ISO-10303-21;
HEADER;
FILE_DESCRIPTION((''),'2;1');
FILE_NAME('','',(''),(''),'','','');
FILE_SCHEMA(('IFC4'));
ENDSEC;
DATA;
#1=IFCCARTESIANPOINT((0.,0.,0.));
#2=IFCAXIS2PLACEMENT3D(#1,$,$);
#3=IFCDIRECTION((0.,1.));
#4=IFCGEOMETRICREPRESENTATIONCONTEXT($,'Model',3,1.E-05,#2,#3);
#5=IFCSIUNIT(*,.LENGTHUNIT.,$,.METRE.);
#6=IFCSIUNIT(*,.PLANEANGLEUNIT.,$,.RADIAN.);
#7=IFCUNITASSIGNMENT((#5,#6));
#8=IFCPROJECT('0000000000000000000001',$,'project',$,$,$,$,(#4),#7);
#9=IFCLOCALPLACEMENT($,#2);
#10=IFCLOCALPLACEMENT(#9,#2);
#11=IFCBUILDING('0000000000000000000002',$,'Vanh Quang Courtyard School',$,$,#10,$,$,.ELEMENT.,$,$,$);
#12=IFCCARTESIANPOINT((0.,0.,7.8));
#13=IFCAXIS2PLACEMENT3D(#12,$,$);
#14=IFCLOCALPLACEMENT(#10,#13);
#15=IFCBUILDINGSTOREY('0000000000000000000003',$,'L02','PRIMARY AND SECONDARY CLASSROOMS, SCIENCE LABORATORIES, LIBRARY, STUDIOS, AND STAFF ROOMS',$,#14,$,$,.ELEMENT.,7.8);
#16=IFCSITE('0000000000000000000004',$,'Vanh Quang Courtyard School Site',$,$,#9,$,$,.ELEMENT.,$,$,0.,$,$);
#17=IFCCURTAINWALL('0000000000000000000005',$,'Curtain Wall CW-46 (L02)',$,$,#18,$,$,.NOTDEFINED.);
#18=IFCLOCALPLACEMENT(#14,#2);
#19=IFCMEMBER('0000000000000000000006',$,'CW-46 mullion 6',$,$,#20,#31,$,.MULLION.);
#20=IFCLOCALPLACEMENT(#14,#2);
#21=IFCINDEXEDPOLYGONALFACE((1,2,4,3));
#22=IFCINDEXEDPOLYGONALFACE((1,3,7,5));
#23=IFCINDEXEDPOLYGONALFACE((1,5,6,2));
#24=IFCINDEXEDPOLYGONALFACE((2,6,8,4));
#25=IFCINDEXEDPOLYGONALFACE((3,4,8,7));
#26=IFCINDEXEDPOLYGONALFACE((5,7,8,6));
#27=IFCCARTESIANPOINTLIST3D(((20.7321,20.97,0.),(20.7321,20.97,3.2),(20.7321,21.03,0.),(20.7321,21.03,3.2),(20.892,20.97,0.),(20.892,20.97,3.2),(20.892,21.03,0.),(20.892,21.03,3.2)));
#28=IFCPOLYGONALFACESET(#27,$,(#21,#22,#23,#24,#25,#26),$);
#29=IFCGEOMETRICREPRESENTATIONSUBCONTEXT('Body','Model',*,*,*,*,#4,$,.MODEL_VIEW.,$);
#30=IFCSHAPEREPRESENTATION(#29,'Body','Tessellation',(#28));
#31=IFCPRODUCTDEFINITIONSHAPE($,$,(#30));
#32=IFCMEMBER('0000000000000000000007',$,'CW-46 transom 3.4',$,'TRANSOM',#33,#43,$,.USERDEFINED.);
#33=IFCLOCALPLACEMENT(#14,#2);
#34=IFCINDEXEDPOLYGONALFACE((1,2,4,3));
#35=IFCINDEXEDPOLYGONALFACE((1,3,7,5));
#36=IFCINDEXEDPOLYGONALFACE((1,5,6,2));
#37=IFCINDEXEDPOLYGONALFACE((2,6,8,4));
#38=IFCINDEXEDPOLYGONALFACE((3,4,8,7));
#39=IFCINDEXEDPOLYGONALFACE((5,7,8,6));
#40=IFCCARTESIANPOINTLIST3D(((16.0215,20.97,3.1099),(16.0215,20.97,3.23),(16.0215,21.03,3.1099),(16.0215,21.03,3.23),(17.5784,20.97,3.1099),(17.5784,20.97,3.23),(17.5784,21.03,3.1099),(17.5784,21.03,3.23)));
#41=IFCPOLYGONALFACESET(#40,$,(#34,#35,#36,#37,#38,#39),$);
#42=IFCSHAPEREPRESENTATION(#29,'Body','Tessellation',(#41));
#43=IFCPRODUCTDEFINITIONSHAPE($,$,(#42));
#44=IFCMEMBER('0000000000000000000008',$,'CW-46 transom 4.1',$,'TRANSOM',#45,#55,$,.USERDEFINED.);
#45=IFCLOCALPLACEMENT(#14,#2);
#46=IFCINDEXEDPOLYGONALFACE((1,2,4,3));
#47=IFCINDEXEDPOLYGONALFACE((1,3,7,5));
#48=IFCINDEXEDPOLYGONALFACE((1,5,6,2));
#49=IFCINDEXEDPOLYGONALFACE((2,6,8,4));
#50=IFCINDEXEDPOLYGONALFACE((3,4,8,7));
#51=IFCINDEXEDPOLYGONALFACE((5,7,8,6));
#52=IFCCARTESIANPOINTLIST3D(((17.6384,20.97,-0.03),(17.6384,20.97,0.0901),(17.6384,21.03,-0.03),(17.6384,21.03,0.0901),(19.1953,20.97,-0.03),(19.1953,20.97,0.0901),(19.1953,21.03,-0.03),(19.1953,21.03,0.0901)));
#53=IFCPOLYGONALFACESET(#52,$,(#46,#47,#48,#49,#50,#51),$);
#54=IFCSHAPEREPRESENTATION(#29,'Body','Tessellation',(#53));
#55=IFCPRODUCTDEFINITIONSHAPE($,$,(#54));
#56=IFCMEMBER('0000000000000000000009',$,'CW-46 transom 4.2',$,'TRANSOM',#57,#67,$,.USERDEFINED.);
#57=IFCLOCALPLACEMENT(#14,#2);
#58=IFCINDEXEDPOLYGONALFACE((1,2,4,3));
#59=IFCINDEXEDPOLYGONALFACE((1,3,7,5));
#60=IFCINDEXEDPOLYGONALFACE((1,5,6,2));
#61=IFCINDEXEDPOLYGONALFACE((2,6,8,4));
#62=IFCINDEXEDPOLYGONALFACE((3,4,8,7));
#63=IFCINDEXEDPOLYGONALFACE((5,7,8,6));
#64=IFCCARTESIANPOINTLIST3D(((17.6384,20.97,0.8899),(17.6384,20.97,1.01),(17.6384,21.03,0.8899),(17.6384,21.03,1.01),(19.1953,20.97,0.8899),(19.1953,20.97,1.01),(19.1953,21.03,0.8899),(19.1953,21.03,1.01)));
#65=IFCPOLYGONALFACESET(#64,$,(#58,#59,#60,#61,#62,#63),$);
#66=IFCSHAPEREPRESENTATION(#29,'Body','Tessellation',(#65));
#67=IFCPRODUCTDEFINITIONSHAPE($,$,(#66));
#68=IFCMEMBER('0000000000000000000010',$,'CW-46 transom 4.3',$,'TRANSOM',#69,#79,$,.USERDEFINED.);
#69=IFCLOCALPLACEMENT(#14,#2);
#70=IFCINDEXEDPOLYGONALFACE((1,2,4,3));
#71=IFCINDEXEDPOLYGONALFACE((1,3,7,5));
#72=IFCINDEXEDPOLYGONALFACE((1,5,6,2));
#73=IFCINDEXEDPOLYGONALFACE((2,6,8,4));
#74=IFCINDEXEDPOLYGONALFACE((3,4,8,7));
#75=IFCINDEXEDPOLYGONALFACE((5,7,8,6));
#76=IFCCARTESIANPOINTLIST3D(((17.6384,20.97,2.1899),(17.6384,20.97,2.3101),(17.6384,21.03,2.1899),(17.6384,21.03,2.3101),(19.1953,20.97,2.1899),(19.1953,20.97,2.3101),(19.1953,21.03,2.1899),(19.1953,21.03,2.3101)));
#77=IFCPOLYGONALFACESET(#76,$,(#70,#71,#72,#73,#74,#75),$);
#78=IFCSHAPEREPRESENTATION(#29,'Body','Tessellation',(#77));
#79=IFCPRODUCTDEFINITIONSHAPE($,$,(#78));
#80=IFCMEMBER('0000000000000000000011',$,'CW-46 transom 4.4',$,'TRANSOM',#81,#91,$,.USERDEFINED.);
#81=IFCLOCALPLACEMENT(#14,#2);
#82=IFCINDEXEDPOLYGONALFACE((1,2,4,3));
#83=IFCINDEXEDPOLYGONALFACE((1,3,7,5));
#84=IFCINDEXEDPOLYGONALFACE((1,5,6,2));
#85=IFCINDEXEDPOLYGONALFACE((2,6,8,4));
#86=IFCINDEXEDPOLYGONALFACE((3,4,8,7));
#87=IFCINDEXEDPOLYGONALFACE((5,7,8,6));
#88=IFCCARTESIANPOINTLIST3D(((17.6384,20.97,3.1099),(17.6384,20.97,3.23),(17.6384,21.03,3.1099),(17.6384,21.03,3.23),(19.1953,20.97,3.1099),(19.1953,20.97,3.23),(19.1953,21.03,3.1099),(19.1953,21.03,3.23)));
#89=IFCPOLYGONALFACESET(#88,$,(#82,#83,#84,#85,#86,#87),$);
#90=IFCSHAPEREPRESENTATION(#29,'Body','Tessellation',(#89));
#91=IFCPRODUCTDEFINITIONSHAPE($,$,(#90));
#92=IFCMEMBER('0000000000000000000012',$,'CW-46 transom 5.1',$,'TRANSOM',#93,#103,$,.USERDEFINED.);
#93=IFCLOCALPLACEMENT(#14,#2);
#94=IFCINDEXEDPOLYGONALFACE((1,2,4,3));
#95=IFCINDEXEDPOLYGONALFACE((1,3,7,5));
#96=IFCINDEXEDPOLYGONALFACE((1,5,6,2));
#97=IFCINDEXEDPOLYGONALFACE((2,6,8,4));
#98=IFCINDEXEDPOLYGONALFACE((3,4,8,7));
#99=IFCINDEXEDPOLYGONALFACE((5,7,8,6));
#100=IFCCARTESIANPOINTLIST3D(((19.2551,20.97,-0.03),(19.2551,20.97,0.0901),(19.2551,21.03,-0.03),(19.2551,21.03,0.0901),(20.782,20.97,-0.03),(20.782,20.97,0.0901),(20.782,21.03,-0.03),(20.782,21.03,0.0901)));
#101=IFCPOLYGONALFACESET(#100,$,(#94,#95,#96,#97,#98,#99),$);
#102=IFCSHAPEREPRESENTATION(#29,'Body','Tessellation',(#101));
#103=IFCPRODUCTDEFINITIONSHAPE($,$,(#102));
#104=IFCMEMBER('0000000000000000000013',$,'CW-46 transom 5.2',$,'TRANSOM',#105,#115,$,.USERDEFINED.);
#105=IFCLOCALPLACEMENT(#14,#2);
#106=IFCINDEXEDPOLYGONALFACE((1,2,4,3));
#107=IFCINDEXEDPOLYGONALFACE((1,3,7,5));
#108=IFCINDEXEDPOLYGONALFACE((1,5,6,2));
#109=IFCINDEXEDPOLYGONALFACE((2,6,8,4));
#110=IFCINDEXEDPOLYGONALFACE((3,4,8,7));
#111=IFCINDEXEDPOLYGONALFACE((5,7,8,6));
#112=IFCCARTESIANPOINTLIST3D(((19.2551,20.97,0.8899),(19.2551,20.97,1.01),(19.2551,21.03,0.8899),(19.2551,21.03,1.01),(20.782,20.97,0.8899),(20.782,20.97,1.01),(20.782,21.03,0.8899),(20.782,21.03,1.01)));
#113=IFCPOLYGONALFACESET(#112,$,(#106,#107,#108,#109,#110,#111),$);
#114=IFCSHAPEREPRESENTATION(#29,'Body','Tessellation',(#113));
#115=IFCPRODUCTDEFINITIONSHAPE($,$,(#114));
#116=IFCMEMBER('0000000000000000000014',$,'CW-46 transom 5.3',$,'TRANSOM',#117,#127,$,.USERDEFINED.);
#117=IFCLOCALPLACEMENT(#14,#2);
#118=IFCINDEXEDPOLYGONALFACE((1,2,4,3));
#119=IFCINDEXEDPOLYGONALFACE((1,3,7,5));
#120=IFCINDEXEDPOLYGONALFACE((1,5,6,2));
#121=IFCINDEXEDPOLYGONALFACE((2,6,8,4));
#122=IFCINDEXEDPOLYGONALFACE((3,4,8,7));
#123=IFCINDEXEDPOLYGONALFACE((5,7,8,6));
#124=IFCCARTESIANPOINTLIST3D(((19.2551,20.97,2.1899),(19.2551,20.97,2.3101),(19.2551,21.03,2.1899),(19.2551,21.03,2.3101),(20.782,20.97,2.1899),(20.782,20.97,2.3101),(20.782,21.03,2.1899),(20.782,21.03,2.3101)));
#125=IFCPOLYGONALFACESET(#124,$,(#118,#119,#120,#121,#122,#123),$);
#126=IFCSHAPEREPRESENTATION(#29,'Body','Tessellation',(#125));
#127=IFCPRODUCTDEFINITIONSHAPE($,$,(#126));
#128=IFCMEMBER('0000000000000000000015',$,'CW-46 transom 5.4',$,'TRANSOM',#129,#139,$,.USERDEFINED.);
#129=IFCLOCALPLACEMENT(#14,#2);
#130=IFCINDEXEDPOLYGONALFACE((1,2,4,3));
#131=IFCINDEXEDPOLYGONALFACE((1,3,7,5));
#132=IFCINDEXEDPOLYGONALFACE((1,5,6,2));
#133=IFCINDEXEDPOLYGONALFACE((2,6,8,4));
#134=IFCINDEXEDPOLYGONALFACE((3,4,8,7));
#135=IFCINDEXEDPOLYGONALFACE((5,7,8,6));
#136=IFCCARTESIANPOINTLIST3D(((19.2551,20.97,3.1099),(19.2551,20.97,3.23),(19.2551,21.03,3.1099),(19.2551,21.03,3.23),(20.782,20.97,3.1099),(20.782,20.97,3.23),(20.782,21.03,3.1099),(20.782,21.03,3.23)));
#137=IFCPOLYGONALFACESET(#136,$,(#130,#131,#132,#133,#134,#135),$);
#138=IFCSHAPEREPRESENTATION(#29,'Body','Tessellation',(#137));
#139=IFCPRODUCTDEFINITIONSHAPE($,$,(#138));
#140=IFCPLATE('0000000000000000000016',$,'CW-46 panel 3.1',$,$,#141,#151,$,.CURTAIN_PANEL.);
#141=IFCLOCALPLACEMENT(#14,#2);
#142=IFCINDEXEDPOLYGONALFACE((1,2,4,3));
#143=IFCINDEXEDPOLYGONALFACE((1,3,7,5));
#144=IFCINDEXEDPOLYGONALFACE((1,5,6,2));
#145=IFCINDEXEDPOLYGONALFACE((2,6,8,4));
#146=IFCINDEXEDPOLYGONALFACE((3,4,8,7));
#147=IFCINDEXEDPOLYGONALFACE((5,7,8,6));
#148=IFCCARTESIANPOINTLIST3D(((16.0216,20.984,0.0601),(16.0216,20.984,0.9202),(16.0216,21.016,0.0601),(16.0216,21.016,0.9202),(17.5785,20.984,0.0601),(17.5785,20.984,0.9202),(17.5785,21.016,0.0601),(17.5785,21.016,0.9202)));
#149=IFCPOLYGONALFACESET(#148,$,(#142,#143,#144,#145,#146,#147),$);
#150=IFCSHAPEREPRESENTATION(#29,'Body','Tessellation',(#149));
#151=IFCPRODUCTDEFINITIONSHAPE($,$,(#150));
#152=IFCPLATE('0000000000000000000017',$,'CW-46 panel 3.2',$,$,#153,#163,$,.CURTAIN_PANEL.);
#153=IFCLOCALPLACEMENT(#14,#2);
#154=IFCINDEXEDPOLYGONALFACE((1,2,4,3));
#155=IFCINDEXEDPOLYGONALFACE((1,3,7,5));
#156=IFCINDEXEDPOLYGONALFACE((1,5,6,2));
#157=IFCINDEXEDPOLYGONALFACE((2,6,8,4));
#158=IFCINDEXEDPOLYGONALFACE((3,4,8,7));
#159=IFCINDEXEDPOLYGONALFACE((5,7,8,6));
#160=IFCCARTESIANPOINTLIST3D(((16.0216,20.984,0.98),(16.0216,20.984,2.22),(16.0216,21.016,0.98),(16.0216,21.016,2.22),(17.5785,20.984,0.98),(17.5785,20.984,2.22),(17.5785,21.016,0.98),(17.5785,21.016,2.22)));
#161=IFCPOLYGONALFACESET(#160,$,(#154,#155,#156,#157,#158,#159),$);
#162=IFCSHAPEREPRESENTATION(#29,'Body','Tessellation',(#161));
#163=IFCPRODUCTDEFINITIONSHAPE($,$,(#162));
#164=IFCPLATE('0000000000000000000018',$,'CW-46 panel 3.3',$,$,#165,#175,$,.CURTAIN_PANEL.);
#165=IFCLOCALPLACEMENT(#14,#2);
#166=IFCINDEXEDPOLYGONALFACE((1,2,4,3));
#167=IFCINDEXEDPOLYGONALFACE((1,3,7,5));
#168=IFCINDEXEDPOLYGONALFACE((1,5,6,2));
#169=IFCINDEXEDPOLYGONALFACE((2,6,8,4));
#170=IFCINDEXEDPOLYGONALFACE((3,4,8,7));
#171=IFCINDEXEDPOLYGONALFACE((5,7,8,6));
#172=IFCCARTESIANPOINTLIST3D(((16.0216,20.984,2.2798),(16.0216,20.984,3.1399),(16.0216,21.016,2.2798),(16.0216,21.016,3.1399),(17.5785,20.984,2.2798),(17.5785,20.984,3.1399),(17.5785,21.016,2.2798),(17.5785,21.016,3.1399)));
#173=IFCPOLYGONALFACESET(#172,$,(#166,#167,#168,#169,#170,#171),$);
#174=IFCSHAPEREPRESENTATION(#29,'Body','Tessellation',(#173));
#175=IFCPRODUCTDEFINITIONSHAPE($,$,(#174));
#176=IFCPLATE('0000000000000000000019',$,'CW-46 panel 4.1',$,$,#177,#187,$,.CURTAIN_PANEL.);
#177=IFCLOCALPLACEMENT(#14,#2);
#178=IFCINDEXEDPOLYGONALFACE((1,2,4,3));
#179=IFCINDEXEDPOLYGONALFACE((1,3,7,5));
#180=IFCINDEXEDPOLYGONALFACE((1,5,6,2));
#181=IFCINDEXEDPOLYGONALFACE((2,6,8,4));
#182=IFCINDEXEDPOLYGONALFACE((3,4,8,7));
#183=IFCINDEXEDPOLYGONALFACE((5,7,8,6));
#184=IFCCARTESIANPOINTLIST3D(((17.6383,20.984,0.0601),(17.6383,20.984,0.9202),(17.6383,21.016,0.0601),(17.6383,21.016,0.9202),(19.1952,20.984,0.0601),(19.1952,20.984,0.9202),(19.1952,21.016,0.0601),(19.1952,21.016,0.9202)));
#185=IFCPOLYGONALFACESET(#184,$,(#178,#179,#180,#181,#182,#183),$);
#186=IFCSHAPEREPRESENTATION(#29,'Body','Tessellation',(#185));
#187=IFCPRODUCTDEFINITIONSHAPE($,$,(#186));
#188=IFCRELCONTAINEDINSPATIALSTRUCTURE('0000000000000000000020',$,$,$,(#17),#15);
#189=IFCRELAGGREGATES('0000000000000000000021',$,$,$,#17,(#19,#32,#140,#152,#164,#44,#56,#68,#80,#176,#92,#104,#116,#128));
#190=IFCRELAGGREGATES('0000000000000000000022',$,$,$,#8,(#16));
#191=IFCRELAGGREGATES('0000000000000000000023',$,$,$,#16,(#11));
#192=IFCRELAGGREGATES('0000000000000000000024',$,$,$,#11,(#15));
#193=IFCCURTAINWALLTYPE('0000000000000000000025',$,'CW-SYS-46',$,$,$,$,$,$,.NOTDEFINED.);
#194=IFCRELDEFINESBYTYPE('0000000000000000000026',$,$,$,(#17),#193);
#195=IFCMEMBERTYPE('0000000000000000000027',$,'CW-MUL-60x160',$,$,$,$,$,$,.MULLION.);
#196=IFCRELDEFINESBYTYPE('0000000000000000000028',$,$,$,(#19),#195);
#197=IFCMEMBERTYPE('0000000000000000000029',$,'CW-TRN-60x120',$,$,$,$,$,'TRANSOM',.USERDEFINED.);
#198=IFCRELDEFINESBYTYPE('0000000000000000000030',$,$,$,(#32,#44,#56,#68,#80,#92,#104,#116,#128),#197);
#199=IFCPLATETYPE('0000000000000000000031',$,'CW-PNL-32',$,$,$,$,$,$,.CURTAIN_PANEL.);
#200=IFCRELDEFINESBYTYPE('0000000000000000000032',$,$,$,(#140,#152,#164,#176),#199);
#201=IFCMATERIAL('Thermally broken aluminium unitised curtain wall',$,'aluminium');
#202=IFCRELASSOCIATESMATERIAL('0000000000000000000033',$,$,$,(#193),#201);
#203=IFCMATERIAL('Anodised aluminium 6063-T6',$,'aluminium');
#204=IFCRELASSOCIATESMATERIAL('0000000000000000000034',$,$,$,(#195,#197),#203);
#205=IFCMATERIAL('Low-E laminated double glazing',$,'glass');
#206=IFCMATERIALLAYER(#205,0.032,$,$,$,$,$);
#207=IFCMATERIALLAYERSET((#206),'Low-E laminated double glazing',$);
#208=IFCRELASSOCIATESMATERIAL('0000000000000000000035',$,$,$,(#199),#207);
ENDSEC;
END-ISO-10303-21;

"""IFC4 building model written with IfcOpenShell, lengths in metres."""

from ifc_helpers import new_model, si_unit, direction, frame, origin, origin_2d, place, context, subcontext, project, spatial, rectangle, extrude, material, layer, layer_set, material_profile, profile_set, type_object, element, aggregate, save


model = new_model("IFC4")

# Units and contexts
model_context = context("Model", 3, precision=1e-05, world=origin(), true_north=direction((0.0, 1.0)))
body_context = subcontext(model_context, "Body", "Model", "MODEL_VIEW")
ifc_project = project(units=[si_unit("LENGTHUNIT", "METRE"), si_unit("PLANEANGLEUNIT", "RADIAN")], contexts=[model_context])

# Site, building, storey
site_placement = place(None, origin())
site = spatial("IfcSite", under=ifc_project, at=site_placement, Name="Vanh Quang Courtyard School Site", CompositionType="ELEMENT", RefElevation=0.0)
building_placement = place(site_placement, origin())
building = spatial("IfcBuilding", under=site, at=building_placement, Name="Vanh Quang Courtyard School", CompositionType="ELEMENT")
storey_placement = place(building_placement, frame((0.0, 0.0, 7.8)))
storey = spatial("IfcBuildingStorey", under=building, at=storey_placement, Name="L02", Description="PRIMARY AND SECONDARY CLASSROOMS, SCIENCE LABORATORIES, LIBRARY, STUDIOS, AND STAFF ROOMS", CompositionType="ELEMENT", Elevation=7.8)

# Curtain wall, members, plates
ifc_material_1 = material(Name="Thermally broken aluminium unitised curtain wall", Category="aluminium")
curtain_wall_type = type_object("IfcCurtainWallType", Name="CW-SYS-46", PredefinedType="NOTDEFINED", material=ifc_material_1)
curtain_wall_placement = place(storey_placement, origin())
curtain_wall = element("IfcCurtainWall", 1, at=curtain_wall_placement, inside=storey, type_object=curtain_wall_type, Name="Curtain Wall CW-46 (L02)", PredefinedType="NOTDEFINED")
ifc_material_2 = material(Name="Anodised aluminium 6063-T6", Category="aluminium")
ifc_material_profile_1 = material_profile(ifc_material_2, rectangle(XDim=0.0601, YDim=0.1599, at=origin_2d()), Name="ALU-MUL 60x160")
ifc_profile_set_1 = profile_set([ifc_material_profile_1], Name="Anodised aluminium 6063-T6")
member_type_1 = type_object("IfcMemberType", Name="CW-MUL-60x160", PredefinedType="MULLION", material=ifc_profile_set_1)
member_1_placement = place(storey_placement, frame((20.812, 21.0, 0.0), z_axis=(0.0, 0.0, 1.0), x_axis=(0.0, 1.0, 0.0)))
member_1 = element("IfcMember", 2, at=member_1_placement, type_object=member_type_1, Name="CW-46 mullion 6", PredefinedType="MULLION", context=body_context, shape_type="SweptSolid", body=[
    extrude(rectangle(XDim=0.0601, YDim=0.1599, at=origin_2d()), origin(), (0.0, 0.0, 1.0), 3.2),
])
ifc_material_profile_2 = material_profile(ifc_material_2, rectangle(XDim=0.0601, YDim=0.1201, at=origin_2d()), Name="ALU-TRN 60x120")
ifc_profile_set_2 = profile_set([ifc_material_profile_2], Name="Anodised aluminium 6063-T6")
member_type_2 = type_object("IfcMemberType", Name="CW-TRN-60x120", ElementType="TRANSOM", PredefinedType="USERDEFINED", material=ifc_profile_set_2)
member_2_placement = place(storey_placement, frame((16.0215, 21.0, 3.1699), z_axis=(1.0, 0.0, 0.0), x_axis=(0.0, 1.0, 0.0)))
member_2 = element("IfcMember", 3, at=member_2_placement, type_object=member_type_2, Name="CW-46 transom 3.4", ObjectType="TRANSOM", PredefinedType="USERDEFINED", context=body_context, shape_type="SweptSolid", body=[
    extrude(rectangle(XDim=0.0601, YDim=0.1201, at=origin_2d()), origin(), (0.0, 0.0, 1.0), 1.5569),
])
member_3_placement = place(storey_placement, frame((17.6384, 21.0, 0.03), z_axis=(1.0, 0.0, 0.0), x_axis=(0.0, 1.0, 0.0)))
member_3 = element("IfcMember", 4, at=member_3_placement, type_object=member_type_2, Name="CW-46 transom 4.1", ObjectType="TRANSOM", PredefinedType="USERDEFINED", context=body_context, shape_type="SweptSolid", body=[
    extrude(rectangle(XDim=0.0601, YDim=0.1201, at=origin_2d()), origin(), (0.0, 0.0, 1.0), 1.5569),
])
member_4_placement = place(storey_placement, frame((17.6384, 21.0, 0.95), z_axis=(1.0, 0.0, 0.0), x_axis=(0.0, 1.0, 0.0)))
member_4 = element("IfcMember", 5, at=member_4_placement, type_object=member_type_2, Name="CW-46 transom 4.2", ObjectType="TRANSOM", PredefinedType="USERDEFINED", context=body_context, shape_type="SweptSolid", body=[
    extrude(rectangle(XDim=0.0601, YDim=0.1201, at=origin_2d()), origin(), (0.0, 0.0, 1.0), 1.5569),
])
member_5_placement = place(storey_placement, frame((17.6384, 21.0, 2.25), z_axis=(1.0, 0.0, 0.0), x_axis=(0.0, 1.0, 0.0)))
member_5 = element("IfcMember", 6, at=member_5_placement, type_object=member_type_2, Name="CW-46 transom 4.3", ObjectType="TRANSOM", PredefinedType="USERDEFINED", context=body_context, shape_type="SweptSolid", body=[
    extrude(rectangle(XDim=0.0601, YDim=0.1201, at=origin_2d()), origin(), (0.0, 0.0, 1.0), 1.5569),
])
member_6_placement = place(storey_placement, frame((17.6384, 21.0, 3.1699), z_axis=(1.0, 0.0, 0.0), x_axis=(0.0, 1.0, 0.0)))
member_6 = element("IfcMember", 7, at=member_6_placement, type_object=member_type_2, Name="CW-46 transom 4.4", ObjectType="TRANSOM", PredefinedType="USERDEFINED", context=body_context, shape_type="SweptSolid", body=[
    extrude(rectangle(XDim=0.0601, YDim=0.1201, at=origin_2d()), origin(), (0.0, 0.0, 1.0), 1.5569),
])
member_7_placement = place(storey_placement, frame((19.2551, 21.0, 0.03), z_axis=(1.0, 0.0, 0.0), x_axis=(0.0, 1.0, 0.0)))
member_7 = element("IfcMember", 8, at=member_7_placement, type_object=member_type_2, Name="CW-46 transom 5.1", ObjectType="TRANSOM", PredefinedType="USERDEFINED", context=body_context, shape_type="SweptSolid", body=[
    extrude(rectangle(XDim=0.0601, YDim=0.1201, at=origin_2d()), origin(), (0.0, 0.0, 1.0), 1.5269),
])
member_8_placement = place(storey_placement, frame((19.2551, 21.0, 0.95), z_axis=(1.0, 0.0, 0.0), x_axis=(0.0, 1.0, 0.0)))
member_8 = element("IfcMember", 9, at=member_8_placement, type_object=member_type_2, Name="CW-46 transom 5.2", ObjectType="TRANSOM", PredefinedType="USERDEFINED", context=body_context, shape_type="SweptSolid", body=[
    extrude(rectangle(XDim=0.0601, YDim=0.1201, at=origin_2d()), origin(), (0.0, 0.0, 1.0), 1.5269),
])
member_9_placement = place(storey_placement, frame((19.2551, 21.0, 2.25), z_axis=(1.0, 0.0, 0.0), x_axis=(0.0, 1.0, 0.0)))
member_9 = element("IfcMember", 10, at=member_9_placement, type_object=member_type_2, Name="CW-46 transom 5.3", ObjectType="TRANSOM", PredefinedType="USERDEFINED", context=body_context, shape_type="SweptSolid", body=[
    extrude(rectangle(XDim=0.0601, YDim=0.1201, at=origin_2d()), origin(), (0.0, 0.0, 1.0), 1.5269),
])
member_10_placement = place(storey_placement, frame((19.2551, 21.0, 3.1699), z_axis=(1.0, 0.0, 0.0), x_axis=(0.0, 1.0, 0.0)))
member_10 = element("IfcMember", 11, at=member_10_placement, type_object=member_type_2, Name="CW-46 transom 5.4", ObjectType="TRANSOM", PredefinedType="USERDEFINED", context=body_context, shape_type="SweptSolid", body=[
    extrude(rectangle(XDim=0.0601, YDim=0.1201, at=origin_2d()), origin(), (0.0, 0.0, 1.0), 1.5269),
])
ifc_material_3 = material(Name="Low-E laminated double glazing", Category="glass")
ifc_layer_1 = layer(ifc_material_3, 0.032)
ifc_layer_set_1 = layer_set([ifc_layer_1], Name="Low-E laminated double glazing")
plate_type = type_object("IfcPlateType", Name="CW-PNL-32", PredefinedType="CURTAIN_PANEL", material=ifc_layer_set_1)
plate_1_placement = place(storey_placement, frame((16.8, 21.0, 0.0601), z_axis=(0.0, 0.0, 1.0), x_axis=(1.0, 0.0, 0.0)))
plate_1 = element("IfcPlate", 12, at=plate_1_placement, type_object=plate_type, Name="CW-46 panel 3.1", PredefinedType="CURTAIN_PANEL", context=body_context, shape_type="SweptSolid", body=[
    extrude(rectangle(XDim=1.5569, YDim=0.032, at=origin_2d()), origin(), (0.0, 0.0, 1.0), 0.8601),
])
plate_2_placement = place(storey_placement, frame((16.8, 21.0, 0.98), z_axis=(0.0, 0.0, 1.0), x_axis=(1.0, 0.0, 0.0)))
plate_2 = element("IfcPlate", 13, at=plate_2_placement, type_object=plate_type, Name="CW-46 panel 3.2", PredefinedType="CURTAIN_PANEL", context=body_context, shape_type="SweptSolid", body=[
    extrude(rectangle(XDim=1.5569, YDim=0.032, at=origin_2d()), origin(), (0.0, 0.0, 1.0), 1.24),
])
plate_3_placement = place(storey_placement, frame((16.8, 21.0, 2.2798), z_axis=(0.0, 0.0, 1.0), x_axis=(1.0, 0.0, 0.0)))
plate_3 = element("IfcPlate", 14, at=plate_3_placement, type_object=plate_type, Name="CW-46 panel 3.3", PredefinedType="CURTAIN_PANEL", context=body_context, shape_type="SweptSolid", body=[
    extrude(rectangle(XDim=1.5569, YDim=0.032, at=origin_2d()), origin(), (0.0, 0.0, 1.0), 0.8601),
])
plate_4_placement = place(storey_placement, frame((18.4167, 21.0, 0.0601), z_axis=(0.0, 0.0, 1.0), x_axis=(1.0, 0.0, 0.0)))
plate_4 = element("IfcPlate", 15, at=plate_4_placement, type_object=plate_type, Name="CW-46 panel 4.1", PredefinedType="CURTAIN_PANEL", context=body_context, shape_type="SweptSolid", body=[
    extrude(rectangle(XDim=1.5569, YDim=0.032, at=origin_2d()), origin(), (0.0, 0.0, 1.0), 0.8601),
])
aggregate(curtain_wall, [member_1, member_2, plate_1, plate_2, plate_3, member_3, member_4, member_5, member_6, plate_4, member_7, member_8, member_9, member_10])

save(model, "model.ifc")
